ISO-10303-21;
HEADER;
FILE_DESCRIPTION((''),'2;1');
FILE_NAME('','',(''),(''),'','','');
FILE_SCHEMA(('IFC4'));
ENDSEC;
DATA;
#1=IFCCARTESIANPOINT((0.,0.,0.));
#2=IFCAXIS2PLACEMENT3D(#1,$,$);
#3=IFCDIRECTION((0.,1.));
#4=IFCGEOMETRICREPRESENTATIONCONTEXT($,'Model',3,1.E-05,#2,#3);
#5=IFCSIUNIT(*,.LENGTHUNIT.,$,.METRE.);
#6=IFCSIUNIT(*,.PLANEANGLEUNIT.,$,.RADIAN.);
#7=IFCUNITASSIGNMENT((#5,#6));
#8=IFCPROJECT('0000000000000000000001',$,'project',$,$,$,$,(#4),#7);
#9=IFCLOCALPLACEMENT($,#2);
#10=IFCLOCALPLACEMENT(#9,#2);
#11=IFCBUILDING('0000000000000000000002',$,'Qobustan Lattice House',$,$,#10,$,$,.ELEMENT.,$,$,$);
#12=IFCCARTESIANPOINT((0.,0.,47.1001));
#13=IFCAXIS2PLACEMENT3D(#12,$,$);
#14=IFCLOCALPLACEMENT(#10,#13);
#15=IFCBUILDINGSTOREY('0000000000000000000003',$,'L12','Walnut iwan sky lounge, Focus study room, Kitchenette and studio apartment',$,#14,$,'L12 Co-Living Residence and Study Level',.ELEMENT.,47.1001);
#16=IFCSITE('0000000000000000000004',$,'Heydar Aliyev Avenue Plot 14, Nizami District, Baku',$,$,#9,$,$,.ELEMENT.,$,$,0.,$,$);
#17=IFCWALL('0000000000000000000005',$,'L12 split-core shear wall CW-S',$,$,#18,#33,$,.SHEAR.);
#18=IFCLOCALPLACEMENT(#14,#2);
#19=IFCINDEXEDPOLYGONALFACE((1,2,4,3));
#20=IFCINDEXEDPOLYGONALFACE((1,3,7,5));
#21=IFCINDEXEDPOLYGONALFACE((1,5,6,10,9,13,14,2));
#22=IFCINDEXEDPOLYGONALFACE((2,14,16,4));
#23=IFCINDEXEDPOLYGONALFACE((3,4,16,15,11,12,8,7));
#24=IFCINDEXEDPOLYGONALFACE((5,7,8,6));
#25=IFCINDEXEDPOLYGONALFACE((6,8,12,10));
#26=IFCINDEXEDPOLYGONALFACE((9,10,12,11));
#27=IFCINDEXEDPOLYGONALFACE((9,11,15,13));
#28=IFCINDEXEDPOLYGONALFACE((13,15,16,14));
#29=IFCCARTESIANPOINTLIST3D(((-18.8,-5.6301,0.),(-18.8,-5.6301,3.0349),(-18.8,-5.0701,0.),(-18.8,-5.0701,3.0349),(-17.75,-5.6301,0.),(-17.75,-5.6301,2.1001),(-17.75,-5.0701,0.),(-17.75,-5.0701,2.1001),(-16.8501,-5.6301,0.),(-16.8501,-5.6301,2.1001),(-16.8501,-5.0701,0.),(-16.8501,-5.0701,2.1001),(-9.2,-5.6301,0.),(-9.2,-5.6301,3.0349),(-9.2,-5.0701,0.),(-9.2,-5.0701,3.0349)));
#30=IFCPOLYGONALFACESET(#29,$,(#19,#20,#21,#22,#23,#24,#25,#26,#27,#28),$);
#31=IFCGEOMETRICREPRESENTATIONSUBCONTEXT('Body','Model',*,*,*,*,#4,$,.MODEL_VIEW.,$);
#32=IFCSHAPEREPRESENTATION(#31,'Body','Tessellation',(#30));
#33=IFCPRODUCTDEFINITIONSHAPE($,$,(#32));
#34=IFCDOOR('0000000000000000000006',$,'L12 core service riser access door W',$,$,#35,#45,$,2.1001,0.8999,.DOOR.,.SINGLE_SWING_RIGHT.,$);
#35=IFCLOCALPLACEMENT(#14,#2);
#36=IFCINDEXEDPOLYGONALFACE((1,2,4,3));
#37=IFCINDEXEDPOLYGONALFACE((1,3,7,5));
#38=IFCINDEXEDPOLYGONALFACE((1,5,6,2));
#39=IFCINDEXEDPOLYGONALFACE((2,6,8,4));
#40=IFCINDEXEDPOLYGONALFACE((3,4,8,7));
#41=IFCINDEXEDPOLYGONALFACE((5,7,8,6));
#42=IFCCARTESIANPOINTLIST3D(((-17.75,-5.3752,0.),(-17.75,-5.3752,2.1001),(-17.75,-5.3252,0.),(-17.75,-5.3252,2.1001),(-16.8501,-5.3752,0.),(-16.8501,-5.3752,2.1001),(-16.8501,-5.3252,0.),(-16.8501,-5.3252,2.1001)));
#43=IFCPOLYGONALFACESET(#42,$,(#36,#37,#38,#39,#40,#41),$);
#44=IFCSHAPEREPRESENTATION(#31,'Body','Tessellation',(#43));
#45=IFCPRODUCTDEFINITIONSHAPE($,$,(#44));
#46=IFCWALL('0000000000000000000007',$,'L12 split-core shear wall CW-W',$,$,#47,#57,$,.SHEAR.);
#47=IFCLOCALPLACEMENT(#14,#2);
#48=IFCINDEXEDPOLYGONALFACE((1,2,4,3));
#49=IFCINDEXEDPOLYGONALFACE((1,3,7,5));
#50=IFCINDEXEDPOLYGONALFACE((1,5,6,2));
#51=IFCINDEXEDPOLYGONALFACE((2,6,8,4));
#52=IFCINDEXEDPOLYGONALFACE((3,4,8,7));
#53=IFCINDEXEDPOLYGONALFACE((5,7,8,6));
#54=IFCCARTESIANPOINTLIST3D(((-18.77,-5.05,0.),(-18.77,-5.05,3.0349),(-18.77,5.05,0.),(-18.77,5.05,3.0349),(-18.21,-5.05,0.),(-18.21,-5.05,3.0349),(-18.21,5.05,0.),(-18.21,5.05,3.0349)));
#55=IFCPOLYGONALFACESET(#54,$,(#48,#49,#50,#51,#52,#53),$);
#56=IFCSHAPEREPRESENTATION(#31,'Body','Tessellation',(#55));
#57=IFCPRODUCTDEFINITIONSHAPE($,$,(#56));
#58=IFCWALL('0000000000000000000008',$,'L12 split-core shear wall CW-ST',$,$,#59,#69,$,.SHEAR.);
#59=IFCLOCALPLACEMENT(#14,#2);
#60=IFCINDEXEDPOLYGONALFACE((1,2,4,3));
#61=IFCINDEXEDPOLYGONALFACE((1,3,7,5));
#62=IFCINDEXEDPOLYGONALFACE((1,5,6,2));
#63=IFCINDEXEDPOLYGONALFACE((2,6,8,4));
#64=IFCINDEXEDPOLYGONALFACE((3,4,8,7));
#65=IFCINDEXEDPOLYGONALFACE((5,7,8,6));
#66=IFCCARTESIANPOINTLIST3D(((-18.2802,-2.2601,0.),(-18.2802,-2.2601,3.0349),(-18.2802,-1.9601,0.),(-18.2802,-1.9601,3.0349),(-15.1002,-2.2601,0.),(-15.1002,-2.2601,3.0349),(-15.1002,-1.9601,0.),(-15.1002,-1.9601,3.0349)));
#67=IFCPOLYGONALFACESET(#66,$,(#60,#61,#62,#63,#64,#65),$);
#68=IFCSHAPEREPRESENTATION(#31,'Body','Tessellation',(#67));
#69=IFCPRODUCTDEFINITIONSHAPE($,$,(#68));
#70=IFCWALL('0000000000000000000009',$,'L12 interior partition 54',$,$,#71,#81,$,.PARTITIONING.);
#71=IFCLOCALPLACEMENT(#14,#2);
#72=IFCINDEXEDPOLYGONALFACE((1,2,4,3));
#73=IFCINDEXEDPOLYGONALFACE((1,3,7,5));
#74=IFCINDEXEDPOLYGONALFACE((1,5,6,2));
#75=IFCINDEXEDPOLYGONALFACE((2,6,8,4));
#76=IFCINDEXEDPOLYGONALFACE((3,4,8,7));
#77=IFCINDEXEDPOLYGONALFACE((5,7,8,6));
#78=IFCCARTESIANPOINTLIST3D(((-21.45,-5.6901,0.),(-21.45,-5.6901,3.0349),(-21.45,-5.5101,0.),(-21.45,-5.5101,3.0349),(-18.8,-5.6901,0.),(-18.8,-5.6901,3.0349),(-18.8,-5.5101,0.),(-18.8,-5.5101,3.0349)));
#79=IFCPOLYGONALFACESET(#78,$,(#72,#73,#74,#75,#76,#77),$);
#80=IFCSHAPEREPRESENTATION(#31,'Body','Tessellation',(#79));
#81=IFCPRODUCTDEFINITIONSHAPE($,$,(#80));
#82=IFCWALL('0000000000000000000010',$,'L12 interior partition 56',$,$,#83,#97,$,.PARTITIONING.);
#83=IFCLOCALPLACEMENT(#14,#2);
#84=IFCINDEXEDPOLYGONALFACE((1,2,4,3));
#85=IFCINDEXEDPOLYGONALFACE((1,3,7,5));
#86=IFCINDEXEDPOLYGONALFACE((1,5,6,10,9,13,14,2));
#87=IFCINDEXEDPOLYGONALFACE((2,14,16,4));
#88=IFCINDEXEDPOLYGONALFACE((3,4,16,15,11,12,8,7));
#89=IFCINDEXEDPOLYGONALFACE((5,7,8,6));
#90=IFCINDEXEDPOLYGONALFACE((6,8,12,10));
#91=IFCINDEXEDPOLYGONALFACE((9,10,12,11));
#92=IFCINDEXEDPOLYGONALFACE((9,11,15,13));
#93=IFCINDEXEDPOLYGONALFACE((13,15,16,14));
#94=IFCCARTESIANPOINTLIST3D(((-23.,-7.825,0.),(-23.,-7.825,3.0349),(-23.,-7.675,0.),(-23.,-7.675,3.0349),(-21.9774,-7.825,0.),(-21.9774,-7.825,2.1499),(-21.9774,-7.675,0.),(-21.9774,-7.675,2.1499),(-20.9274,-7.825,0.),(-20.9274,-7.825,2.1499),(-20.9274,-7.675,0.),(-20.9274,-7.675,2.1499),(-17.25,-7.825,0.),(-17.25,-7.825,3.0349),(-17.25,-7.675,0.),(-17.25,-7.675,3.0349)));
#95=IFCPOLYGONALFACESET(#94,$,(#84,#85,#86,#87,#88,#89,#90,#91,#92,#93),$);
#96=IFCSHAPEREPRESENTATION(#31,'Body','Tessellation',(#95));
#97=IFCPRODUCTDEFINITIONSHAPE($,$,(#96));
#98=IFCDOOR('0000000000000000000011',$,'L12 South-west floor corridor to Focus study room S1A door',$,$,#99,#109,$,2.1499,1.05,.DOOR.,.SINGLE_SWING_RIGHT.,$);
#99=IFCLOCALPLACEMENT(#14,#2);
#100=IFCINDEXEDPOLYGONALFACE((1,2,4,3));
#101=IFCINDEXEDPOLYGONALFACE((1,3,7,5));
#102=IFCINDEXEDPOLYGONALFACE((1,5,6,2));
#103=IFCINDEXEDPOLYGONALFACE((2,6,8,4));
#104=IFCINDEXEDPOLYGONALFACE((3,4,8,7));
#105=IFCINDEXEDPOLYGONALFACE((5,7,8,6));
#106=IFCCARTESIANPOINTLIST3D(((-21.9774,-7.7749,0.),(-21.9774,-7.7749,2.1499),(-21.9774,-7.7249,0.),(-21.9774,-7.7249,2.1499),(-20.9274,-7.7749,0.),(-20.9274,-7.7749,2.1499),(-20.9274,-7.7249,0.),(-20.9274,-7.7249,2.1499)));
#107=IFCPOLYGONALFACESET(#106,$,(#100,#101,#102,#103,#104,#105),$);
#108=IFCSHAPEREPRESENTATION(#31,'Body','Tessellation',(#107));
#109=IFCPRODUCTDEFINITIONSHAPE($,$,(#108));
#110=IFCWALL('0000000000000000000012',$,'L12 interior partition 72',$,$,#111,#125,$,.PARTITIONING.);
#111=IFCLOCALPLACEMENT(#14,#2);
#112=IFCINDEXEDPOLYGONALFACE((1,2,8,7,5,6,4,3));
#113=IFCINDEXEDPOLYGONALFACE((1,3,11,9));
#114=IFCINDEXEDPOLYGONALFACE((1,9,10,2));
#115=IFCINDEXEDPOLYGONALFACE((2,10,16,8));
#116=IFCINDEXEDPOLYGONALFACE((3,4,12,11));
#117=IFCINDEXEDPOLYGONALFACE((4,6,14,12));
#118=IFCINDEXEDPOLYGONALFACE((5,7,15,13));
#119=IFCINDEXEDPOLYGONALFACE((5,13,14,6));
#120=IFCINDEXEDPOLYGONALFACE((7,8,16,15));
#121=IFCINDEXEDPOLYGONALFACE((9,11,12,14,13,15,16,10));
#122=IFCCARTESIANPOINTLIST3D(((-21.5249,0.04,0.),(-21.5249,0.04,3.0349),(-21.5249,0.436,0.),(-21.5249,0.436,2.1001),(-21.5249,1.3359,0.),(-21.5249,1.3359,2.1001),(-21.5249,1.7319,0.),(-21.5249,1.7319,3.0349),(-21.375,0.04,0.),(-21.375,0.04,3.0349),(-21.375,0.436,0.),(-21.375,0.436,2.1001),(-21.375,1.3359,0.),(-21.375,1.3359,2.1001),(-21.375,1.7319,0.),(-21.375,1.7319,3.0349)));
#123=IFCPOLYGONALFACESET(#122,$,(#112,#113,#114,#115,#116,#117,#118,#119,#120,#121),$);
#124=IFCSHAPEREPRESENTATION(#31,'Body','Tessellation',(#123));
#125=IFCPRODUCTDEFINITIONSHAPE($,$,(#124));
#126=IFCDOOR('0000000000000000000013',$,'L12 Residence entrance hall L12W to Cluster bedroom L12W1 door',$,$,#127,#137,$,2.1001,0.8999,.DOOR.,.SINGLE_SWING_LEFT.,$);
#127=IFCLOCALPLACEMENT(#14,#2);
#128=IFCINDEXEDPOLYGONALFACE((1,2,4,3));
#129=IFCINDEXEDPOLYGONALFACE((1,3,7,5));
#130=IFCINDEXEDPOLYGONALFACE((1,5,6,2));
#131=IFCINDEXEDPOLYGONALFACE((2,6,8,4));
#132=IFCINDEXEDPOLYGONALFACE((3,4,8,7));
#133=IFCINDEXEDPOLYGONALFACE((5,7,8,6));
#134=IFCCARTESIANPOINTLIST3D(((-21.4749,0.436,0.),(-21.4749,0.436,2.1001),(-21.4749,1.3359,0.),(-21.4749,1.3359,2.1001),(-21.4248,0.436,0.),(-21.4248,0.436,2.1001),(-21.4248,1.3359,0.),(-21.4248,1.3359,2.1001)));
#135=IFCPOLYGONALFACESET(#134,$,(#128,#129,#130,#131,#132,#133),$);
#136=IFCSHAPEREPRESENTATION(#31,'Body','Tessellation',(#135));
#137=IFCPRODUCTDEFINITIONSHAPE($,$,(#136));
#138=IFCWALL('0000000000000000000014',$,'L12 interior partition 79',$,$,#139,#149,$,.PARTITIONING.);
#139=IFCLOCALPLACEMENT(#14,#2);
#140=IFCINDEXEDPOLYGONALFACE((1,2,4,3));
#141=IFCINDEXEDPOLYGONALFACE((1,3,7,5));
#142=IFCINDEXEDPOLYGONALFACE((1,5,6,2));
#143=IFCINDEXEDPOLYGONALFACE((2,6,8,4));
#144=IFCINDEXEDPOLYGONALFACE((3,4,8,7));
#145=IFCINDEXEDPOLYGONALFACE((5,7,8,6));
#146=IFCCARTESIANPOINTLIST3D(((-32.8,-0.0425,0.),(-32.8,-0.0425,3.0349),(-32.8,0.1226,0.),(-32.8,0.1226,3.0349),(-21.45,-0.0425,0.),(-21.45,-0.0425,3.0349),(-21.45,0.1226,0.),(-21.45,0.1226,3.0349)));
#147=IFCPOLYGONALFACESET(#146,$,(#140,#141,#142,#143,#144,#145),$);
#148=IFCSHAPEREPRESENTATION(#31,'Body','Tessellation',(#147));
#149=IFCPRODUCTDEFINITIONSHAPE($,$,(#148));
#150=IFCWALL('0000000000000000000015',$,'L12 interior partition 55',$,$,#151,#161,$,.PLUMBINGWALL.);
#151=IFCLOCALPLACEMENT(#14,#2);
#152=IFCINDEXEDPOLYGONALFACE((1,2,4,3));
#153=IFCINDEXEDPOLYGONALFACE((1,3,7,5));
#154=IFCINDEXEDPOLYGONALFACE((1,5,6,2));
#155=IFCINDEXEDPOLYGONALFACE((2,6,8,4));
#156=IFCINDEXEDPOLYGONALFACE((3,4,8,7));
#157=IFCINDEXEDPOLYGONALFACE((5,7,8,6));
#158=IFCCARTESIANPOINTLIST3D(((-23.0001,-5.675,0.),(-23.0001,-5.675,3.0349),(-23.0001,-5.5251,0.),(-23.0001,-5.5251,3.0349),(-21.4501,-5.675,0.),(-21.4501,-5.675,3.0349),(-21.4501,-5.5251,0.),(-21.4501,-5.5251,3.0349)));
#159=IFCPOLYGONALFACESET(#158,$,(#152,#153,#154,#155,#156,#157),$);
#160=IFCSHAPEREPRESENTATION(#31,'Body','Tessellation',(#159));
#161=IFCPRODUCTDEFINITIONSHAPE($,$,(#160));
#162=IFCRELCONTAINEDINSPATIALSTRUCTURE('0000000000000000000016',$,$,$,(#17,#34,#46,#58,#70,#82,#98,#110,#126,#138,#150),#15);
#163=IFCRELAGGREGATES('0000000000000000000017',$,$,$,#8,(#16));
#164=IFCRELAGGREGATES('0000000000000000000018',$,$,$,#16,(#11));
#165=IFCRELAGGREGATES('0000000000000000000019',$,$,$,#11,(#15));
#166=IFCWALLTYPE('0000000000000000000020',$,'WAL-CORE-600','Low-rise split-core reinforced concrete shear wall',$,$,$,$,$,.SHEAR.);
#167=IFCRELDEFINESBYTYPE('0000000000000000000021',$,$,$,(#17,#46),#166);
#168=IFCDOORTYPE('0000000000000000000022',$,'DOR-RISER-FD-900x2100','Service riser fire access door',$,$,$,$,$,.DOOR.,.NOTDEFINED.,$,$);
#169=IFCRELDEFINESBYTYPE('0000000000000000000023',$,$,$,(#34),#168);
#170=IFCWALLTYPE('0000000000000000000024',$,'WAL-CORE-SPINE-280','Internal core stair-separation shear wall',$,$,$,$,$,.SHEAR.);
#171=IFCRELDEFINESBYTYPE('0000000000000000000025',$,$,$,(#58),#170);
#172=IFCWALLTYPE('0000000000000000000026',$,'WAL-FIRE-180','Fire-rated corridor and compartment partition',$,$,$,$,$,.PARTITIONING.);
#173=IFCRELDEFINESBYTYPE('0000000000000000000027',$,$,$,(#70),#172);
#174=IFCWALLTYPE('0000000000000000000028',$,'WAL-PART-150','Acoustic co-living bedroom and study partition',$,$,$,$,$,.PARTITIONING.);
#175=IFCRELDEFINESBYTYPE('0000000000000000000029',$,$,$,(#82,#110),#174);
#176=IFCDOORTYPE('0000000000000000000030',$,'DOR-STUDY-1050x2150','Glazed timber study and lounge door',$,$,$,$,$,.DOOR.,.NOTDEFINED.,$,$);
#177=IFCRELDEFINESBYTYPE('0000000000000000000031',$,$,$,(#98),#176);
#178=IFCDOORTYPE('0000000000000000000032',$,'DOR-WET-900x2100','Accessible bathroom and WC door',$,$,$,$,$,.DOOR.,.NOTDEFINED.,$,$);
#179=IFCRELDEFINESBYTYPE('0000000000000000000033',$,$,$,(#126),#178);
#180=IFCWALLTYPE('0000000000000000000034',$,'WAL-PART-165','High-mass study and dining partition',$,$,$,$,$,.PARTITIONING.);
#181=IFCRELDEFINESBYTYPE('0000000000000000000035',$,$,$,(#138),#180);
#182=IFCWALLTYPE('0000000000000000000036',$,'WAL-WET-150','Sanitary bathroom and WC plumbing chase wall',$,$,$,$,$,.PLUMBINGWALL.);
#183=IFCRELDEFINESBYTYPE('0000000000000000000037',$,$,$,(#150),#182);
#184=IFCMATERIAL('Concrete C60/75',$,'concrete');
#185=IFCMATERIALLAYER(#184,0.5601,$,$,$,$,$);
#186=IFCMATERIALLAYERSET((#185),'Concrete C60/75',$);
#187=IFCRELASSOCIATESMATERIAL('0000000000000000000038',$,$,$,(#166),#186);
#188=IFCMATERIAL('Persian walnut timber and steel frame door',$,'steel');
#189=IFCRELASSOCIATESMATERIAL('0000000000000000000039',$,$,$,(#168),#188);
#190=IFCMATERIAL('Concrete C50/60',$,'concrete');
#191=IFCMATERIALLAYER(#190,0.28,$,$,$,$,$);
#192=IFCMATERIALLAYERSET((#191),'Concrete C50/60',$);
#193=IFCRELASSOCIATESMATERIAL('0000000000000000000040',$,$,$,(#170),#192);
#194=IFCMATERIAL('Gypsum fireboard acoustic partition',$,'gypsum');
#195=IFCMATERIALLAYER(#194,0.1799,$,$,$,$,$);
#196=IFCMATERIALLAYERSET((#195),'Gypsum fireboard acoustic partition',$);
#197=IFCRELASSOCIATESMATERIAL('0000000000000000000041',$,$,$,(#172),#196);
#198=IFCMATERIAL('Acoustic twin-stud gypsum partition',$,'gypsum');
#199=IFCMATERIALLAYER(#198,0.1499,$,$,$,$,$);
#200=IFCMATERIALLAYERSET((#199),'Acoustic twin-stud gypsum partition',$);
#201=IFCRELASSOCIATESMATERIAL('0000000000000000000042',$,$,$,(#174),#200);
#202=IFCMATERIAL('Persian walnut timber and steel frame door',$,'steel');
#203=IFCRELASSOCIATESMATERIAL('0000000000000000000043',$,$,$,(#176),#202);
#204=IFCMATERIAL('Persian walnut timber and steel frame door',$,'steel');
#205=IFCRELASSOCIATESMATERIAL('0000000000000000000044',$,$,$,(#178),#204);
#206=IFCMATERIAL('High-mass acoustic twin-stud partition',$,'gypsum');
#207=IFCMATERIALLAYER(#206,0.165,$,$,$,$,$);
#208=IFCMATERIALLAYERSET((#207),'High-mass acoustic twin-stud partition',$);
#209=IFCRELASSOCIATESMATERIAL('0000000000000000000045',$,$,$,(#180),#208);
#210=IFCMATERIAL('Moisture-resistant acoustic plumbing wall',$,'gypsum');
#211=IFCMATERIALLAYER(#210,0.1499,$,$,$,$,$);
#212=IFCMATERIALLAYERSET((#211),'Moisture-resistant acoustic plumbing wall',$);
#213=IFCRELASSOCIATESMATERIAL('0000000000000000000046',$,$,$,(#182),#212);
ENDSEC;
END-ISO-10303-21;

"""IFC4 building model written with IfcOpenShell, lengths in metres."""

from ifc_helpers import new_model, si_unit, direction, frame, frame_2d, origin, place, context, subcontext, project, spatial, rectangle, extrude, material, layer, layer_set, type_object, element, fill, save


model = new_model("IFC4")

# Units and contexts
model_context = context("Model", 3, precision=1e-05, world=origin(), true_north=direction((0.0, 1.0)))
body_context = subcontext(model_context, "Body", "Model", "MODEL_VIEW")
ifc_project = project(units=[si_unit("LENGTHUNIT", "METRE"), si_unit("PLANEANGLEUNIT", "RADIAN")], contexts=[model_context])

# Site, building, storey
site_placement = place(None, origin())
site = spatial("IfcSite", under=ifc_project, at=site_placement, Name="Heydar Aliyev Avenue Plot 14, Nizami District, Baku", CompositionType="ELEMENT", RefElevation=0.0)
building_placement = place(site_placement, origin())
building = spatial("IfcBuilding", under=site, at=building_placement, Name="Qobustan Lattice House", CompositionType="ELEMENT")
storey_placement = place(building_placement, frame((0.0, 0.0, 47.1001)))
storey = spatial("IfcBuildingStorey", under=building, at=storey_placement, Name="L12", Description="Walnut iwan sky lounge, Focus study room, Kitchenette and studio apartment", LongName="L12 Co-Living Residence and Study Level", CompositionType="ELEMENT", Elevation=47.1001)

# Wall, opening, door
ifc_material_1 = material(Name="Concrete C60/75", Category="concrete")
ifc_layer_1 = layer(ifc_material_1, 0.5601)
ifc_layer_set_1 = layer_set([ifc_layer_1], Name="Concrete C60/75")
wall_type_1 = type_object("IfcWallType", Name="WAL-CORE-600", Description="Low-rise split-core reinforced concrete shear wall", PredefinedType="SHEAR", material=ifc_layer_set_1)
wall_1_placement = place(storey_placement, frame((-18.8, -5.3501, 0.0), z_axis=(0.0, 0.0, 1.0), x_axis=(1.0, 0.0, 0.0)))
wall_1 = element("IfcWall", 1, at=wall_1_placement, inside=storey, type_object=wall_type_1, Name="L12 split-core shear wall CW-S", PredefinedType="SHEAR", context=body_context, shape_type="SweptSolid", body=[
    extrude(rectangle(XDim=9.6001, YDim=0.5601, at=frame_2d((4.8, 0.0))), origin(), (0.0, 0.0, 1.0), 3.0349),
])
opening_1_placement = place(wall_1_placement, frame((1.05, 0.0, 0.0)))
opening_1 = element("IfcOpeningElement", 2, at=opening_1_placement, cuts=wall_1, PredefinedType="OPENING", context=body_context, shape_type="SweptSolid", body=[
    extrude(rectangle(XDim=0.8999, YDim=2.1001, at=frame_2d((0.45, 1.05))), frame((0.0, 0.29, 0.0), z_axis=(0.0, -1.0, 0.0), x_axis=(1.0, 0.0, 0.0)), (0.0, 0.0, 1.0), 0.5801),
])
ifc_material_2 = material(Name="Persian walnut timber and steel frame door", Category="steel")
door_type_1 = type_object("IfcDoorType", Name="DOR-RISER-FD-900x2100", Description="Service riser fire access door", OperationType="NOTDEFINED", PredefinedType="DOOR", material=ifc_material_2)
door_1_placement = place(opening_1_placement, origin())
door_1 = element("IfcDoor", 3, at=door_1_placement, inside=storey, type_object=door_type_1, Name="L12 core service riser access door W", OperationType="SINGLE_SWING_RIGHT", OverallHeight=2.1001, OverallWidth=0.8999, PredefinedType="DOOR", context=body_context, shape_type="SweptSolid", body=[
    extrude(rectangle(XDim=0.8999, YDim=2.1001, at=frame_2d((0.45, 1.05))), frame((0.0, 0.0249, 0.0), z_axis=(0.0, -1.0, 0.0), x_axis=(1.0, 0.0, 0.0)), (0.0, 0.0, 1.0), 0.05),
])
fill(opening_1, door_1)

# Walls
wall_2_placement = place(storey_placement, frame((-18.49, -5.05, 0.0), z_axis=(0.0, 0.0, 1.0), x_axis=(0.0, 1.0, 0.0)))
element("IfcWall", 4, at=wall_2_placement, inside=storey, type_object=wall_type_1, Name="L12 split-core shear wall CW-W", PredefinedType="SHEAR", context=body_context, shape_type="SweptSolid", body=[
    extrude(rectangle(XDim=10.1001, YDim=0.5601, at=frame_2d((5.05, 0.0))), origin(), (0.0, 0.0, 1.0), 3.0349),
])
ifc_material_3 = material(Name="Concrete C50/60", Category="concrete")
ifc_layer_2 = layer(ifc_material_3, 0.28)
ifc_layer_set_2 = layer_set([ifc_layer_2], Name="Concrete C50/60")
wall_type_2 = type_object("IfcWallType", Name="WAL-CORE-SPINE-280", Description="Internal core stair-separation shear wall", PredefinedType="SHEAR", material=ifc_layer_set_2)
wall_3_placement = place(storey_placement, frame((-18.28, -2.1101, 0.0), z_axis=(0.0, 0.0, 1.0), x_axis=(1.0, 0.0, 0.0)))
element("IfcWall", 5, at=wall_3_placement, inside=storey, type_object=wall_type_2, Name="L12 split-core shear wall CW-ST", PredefinedType="SHEAR", context=body_context, shape_type="SweptSolid", body=[
    extrude(rectangle(XDim=3.1799, YDim=0.3, at=frame_2d((1.5898, 0.0))), origin(), (0.0, 0.0, 1.0), 3.0349),
])
ifc_material_4 = material(Name="Gypsum fireboard acoustic partition", Category="gypsum")
ifc_layer_3 = layer(ifc_material_4, 0.1799)
ifc_layer_set_3 = layer_set([ifc_layer_3], Name="Gypsum fireboard acoustic partition")
wall_type_3 = type_object("IfcWallType", Name="WAL-FIRE-180", Description="Fire-rated corridor and compartment partition", PredefinedType="PARTITIONING", material=ifc_layer_set_3)
wall_4_placement = place(storey_placement, frame((-21.45, -5.6001, 0.0), z_axis=(0.0, 0.0, 1.0), x_axis=(1.0, 0.0, 0.0)))
element("IfcWall", 6, at=wall_4_placement, inside=storey, type_object=wall_type_3, Name="L12 interior partition 54", PredefinedType="PARTITIONING", context=body_context, shape_type="SweptSolid", body=[
    extrude(rectangle(XDim=2.6499, YDim=0.1799, at=frame_2d((1.325, 0.0))), origin(), (0.0, 0.0, 1.0), 3.0349),
])

# Walls, openings, doors
ifc_material_5 = material(Name="Acoustic twin-stud gypsum partition", Category="gypsum")
ifc_layer_4 = layer(ifc_material_5, 0.1499)
ifc_layer_set_4 = layer_set([ifc_layer_4], Name="Acoustic twin-stud gypsum partition")
wall_type_4 = type_object("IfcWallType", Name="WAL-PART-150", Description="Acoustic co-living bedroom and study partition", PredefinedType="PARTITIONING", material=ifc_layer_set_4)
wall_5_placement = place(storey_placement, frame((-17.25, -7.75, 0.0), z_axis=(0.0, 0.0, 1.0), x_axis=(-1.0, 0.0, 0.0)))
wall_5 = element("IfcWall", 7, at=wall_5_placement, inside=storey, type_object=wall_type_4, Name="L12 interior partition 56", PredefinedType="PARTITIONING", context=body_context, shape_type="SweptSolid", body=[
    extrude(rectangle(XDim=5.75, YDim=0.1499, at=frame_2d((2.875, 0.0))), origin(), (0.0, 0.0, 1.0), 3.0349),
])
opening_2_placement = place(wall_5_placement, frame((3.6775, 0.0, 0.0)))
opening_2 = element("IfcOpeningElement", 8, at=opening_2_placement, cuts=wall_5, PredefinedType="OPENING", context=body_context, shape_type="SweptSolid", body=[
    extrude(rectangle(XDim=1.05, YDim=2.1499, at=frame_2d((0.5249, 1.075))), frame((0.0, 0.085, 0.0), z_axis=(0.0, -1.0, 0.0), x_axis=(1.0, 0.0, 0.0)), (0.0, 0.0, 1.0), 0.1699),
])
ifc_material_6 = material(Name="Persian walnut timber and steel frame door", Category="steel")
door_type_2 = type_object("IfcDoorType", Name="DOR-STUDY-1050x2150", Description="Glazed timber study and lounge door", OperationType="NOTDEFINED", PredefinedType="DOOR", material=ifc_material_6)
door_2_placement = place(opening_2_placement, origin())
door_2 = element("IfcDoor", 9, at=door_2_placement, inside=storey, type_object=door_type_2, Name="L12 South-west floor corridor to Focus study room S1A door", OperationType="SINGLE_SWING_RIGHT", OverallHeight=2.1499, OverallWidth=1.05, PredefinedType="DOOR", context=body_context, shape_type="SweptSolid", body=[
    extrude(rectangle(XDim=1.05, YDim=2.1499, at=frame_2d((0.5249, 1.075))), frame((0.0, 0.0249, 0.0), z_axis=(0.0, -1.0, 0.0), x_axis=(1.0, 0.0, 0.0)), (0.0, 0.0, 1.0), 0.05),
])
fill(opening_2, door_2)
wall_6_placement = place(storey_placement, frame((-21.45, 0.04, 0.0), z_axis=(0.0, 0.0, 1.0), x_axis=(0.0, 1.0, 0.0)))
wall_6 = element("IfcWall", 10, at=wall_6_placement, inside=storey, type_object=wall_type_4, Name="L12 interior partition 72", PredefinedType="PARTITIONING", context=body_context, shape_type="SweptSolid", body=[
    extrude(rectangle(XDim=1.6919, YDim=0.1499, at=frame_2d((0.8459, 0.0))), origin(), (0.0, 0.0, 1.0), 3.0349),
])
opening_3_placement = place(wall_6_placement, frame((0.396, 0.0, 0.0)))
opening_3 = element("IfcOpeningElement", 11, at=opening_3_placement, cuts=wall_6, PredefinedType="OPENING", context=body_context, shape_type="SweptSolid", body=[
    extrude(rectangle(XDim=0.8999, YDim=2.1001, at=frame_2d((0.45, 1.05))), frame((0.0, 0.085, 0.0), z_axis=(0.0, -1.0, 0.0), x_axis=(1.0, 0.0, 0.0)), (0.0, 0.0, 1.0), 0.1699),
])
ifc_material_7 = material(Name="Persian walnut timber and steel frame door", Category="steel")
door_type_3 = type_object("IfcDoorType", Name="DOR-WET-900x2100", Description="Accessible bathroom and WC door", OperationType="NOTDEFINED", PredefinedType="DOOR", material=ifc_material_7)
door_3_placement = place(opening_3_placement, origin())
door_3 = element("IfcDoor", 12, at=door_3_placement, inside=storey, type_object=door_type_3, Name="L12 Residence entrance hall L12W to Cluster bedroom L12W1 door", OperationType="SINGLE_SWING_LEFT", OverallHeight=2.1001, OverallWidth=0.8999, PredefinedType="DOOR", context=body_context, shape_type="SweptSolid", body=[
    extrude(rectangle(XDim=0.8999, YDim=2.1001, at=frame_2d((0.45, 1.05))), frame((0.0, 0.0249, 0.0), z_axis=(0.0, -1.0, 0.0), x_axis=(1.0, 0.0, 0.0)), (0.0, 0.0, 1.0), 0.05),
])
fill(opening_3, door_3)
ifc_material_8 = material(Name="High-mass acoustic twin-stud partition", Category="gypsum")
ifc_layer_5 = layer(ifc_material_8, 0.165)
ifc_layer_set_5 = layer_set([ifc_layer_5], Name="High-mass acoustic twin-stud partition")
wall_type_5 = type_object("IfcWallType", Name="WAL-PART-165", Description="High-mass study and dining partition", PredefinedType="PARTITIONING", material=ifc_layer_set_5)

# Walls
wall_7_placement = place(storey_placement, frame((-32.8, 0.04, 0.0), z_axis=(0.0, 0.0, 1.0), x_axis=(1.0, 0.0, 0.0)))
element("IfcWall", 13, at=wall_7_placement, inside=storey, type_object=wall_type_5, Name="L12 interior partition 79", PredefinedType="PARTITIONING", context=body_context, shape_type="SweptSolid", body=[
    extrude(rectangle(XDim=11.3501, YDim=0.165, at=frame_2d((5.675, 0.0))), origin(), (0.0, 0.0, 1.0), 3.0349),
])
ifc_material_9 = material(Name="Moisture-resistant acoustic plumbing wall", Category="gypsum")
ifc_layer_6 = layer(ifc_material_9, 0.1499)
ifc_layer_set_6 = layer_set([ifc_layer_6], Name="Moisture-resistant acoustic plumbing wall")
wall_type_6 = type_object("IfcWallType", Name="WAL-WET-150", Description="Sanitary bathroom and WC plumbing chase wall", PredefinedType="PLUMBINGWALL", material=ifc_layer_set_6)
wall_8_placement = place(storey_placement, frame((-23.0, -5.6001, 0.0), z_axis=(0.0, 0.0, 1.0), x_axis=(1.0, 0.0, 0.0)))
element("IfcWall", 14, at=wall_8_placement, inside=storey, type_object=wall_type_6, Name="L12 interior partition 55", PredefinedType="PLUMBINGWALL", context=body_context, shape_type="SweptSolid", body=[
    extrude(rectangle(XDim=1.55, YDim=0.1499, at=frame_2d((0.7749, 0.0))), origin(), (0.0, 0.0, 1.0), 3.0349),
])

save(model, "model.ifc")
